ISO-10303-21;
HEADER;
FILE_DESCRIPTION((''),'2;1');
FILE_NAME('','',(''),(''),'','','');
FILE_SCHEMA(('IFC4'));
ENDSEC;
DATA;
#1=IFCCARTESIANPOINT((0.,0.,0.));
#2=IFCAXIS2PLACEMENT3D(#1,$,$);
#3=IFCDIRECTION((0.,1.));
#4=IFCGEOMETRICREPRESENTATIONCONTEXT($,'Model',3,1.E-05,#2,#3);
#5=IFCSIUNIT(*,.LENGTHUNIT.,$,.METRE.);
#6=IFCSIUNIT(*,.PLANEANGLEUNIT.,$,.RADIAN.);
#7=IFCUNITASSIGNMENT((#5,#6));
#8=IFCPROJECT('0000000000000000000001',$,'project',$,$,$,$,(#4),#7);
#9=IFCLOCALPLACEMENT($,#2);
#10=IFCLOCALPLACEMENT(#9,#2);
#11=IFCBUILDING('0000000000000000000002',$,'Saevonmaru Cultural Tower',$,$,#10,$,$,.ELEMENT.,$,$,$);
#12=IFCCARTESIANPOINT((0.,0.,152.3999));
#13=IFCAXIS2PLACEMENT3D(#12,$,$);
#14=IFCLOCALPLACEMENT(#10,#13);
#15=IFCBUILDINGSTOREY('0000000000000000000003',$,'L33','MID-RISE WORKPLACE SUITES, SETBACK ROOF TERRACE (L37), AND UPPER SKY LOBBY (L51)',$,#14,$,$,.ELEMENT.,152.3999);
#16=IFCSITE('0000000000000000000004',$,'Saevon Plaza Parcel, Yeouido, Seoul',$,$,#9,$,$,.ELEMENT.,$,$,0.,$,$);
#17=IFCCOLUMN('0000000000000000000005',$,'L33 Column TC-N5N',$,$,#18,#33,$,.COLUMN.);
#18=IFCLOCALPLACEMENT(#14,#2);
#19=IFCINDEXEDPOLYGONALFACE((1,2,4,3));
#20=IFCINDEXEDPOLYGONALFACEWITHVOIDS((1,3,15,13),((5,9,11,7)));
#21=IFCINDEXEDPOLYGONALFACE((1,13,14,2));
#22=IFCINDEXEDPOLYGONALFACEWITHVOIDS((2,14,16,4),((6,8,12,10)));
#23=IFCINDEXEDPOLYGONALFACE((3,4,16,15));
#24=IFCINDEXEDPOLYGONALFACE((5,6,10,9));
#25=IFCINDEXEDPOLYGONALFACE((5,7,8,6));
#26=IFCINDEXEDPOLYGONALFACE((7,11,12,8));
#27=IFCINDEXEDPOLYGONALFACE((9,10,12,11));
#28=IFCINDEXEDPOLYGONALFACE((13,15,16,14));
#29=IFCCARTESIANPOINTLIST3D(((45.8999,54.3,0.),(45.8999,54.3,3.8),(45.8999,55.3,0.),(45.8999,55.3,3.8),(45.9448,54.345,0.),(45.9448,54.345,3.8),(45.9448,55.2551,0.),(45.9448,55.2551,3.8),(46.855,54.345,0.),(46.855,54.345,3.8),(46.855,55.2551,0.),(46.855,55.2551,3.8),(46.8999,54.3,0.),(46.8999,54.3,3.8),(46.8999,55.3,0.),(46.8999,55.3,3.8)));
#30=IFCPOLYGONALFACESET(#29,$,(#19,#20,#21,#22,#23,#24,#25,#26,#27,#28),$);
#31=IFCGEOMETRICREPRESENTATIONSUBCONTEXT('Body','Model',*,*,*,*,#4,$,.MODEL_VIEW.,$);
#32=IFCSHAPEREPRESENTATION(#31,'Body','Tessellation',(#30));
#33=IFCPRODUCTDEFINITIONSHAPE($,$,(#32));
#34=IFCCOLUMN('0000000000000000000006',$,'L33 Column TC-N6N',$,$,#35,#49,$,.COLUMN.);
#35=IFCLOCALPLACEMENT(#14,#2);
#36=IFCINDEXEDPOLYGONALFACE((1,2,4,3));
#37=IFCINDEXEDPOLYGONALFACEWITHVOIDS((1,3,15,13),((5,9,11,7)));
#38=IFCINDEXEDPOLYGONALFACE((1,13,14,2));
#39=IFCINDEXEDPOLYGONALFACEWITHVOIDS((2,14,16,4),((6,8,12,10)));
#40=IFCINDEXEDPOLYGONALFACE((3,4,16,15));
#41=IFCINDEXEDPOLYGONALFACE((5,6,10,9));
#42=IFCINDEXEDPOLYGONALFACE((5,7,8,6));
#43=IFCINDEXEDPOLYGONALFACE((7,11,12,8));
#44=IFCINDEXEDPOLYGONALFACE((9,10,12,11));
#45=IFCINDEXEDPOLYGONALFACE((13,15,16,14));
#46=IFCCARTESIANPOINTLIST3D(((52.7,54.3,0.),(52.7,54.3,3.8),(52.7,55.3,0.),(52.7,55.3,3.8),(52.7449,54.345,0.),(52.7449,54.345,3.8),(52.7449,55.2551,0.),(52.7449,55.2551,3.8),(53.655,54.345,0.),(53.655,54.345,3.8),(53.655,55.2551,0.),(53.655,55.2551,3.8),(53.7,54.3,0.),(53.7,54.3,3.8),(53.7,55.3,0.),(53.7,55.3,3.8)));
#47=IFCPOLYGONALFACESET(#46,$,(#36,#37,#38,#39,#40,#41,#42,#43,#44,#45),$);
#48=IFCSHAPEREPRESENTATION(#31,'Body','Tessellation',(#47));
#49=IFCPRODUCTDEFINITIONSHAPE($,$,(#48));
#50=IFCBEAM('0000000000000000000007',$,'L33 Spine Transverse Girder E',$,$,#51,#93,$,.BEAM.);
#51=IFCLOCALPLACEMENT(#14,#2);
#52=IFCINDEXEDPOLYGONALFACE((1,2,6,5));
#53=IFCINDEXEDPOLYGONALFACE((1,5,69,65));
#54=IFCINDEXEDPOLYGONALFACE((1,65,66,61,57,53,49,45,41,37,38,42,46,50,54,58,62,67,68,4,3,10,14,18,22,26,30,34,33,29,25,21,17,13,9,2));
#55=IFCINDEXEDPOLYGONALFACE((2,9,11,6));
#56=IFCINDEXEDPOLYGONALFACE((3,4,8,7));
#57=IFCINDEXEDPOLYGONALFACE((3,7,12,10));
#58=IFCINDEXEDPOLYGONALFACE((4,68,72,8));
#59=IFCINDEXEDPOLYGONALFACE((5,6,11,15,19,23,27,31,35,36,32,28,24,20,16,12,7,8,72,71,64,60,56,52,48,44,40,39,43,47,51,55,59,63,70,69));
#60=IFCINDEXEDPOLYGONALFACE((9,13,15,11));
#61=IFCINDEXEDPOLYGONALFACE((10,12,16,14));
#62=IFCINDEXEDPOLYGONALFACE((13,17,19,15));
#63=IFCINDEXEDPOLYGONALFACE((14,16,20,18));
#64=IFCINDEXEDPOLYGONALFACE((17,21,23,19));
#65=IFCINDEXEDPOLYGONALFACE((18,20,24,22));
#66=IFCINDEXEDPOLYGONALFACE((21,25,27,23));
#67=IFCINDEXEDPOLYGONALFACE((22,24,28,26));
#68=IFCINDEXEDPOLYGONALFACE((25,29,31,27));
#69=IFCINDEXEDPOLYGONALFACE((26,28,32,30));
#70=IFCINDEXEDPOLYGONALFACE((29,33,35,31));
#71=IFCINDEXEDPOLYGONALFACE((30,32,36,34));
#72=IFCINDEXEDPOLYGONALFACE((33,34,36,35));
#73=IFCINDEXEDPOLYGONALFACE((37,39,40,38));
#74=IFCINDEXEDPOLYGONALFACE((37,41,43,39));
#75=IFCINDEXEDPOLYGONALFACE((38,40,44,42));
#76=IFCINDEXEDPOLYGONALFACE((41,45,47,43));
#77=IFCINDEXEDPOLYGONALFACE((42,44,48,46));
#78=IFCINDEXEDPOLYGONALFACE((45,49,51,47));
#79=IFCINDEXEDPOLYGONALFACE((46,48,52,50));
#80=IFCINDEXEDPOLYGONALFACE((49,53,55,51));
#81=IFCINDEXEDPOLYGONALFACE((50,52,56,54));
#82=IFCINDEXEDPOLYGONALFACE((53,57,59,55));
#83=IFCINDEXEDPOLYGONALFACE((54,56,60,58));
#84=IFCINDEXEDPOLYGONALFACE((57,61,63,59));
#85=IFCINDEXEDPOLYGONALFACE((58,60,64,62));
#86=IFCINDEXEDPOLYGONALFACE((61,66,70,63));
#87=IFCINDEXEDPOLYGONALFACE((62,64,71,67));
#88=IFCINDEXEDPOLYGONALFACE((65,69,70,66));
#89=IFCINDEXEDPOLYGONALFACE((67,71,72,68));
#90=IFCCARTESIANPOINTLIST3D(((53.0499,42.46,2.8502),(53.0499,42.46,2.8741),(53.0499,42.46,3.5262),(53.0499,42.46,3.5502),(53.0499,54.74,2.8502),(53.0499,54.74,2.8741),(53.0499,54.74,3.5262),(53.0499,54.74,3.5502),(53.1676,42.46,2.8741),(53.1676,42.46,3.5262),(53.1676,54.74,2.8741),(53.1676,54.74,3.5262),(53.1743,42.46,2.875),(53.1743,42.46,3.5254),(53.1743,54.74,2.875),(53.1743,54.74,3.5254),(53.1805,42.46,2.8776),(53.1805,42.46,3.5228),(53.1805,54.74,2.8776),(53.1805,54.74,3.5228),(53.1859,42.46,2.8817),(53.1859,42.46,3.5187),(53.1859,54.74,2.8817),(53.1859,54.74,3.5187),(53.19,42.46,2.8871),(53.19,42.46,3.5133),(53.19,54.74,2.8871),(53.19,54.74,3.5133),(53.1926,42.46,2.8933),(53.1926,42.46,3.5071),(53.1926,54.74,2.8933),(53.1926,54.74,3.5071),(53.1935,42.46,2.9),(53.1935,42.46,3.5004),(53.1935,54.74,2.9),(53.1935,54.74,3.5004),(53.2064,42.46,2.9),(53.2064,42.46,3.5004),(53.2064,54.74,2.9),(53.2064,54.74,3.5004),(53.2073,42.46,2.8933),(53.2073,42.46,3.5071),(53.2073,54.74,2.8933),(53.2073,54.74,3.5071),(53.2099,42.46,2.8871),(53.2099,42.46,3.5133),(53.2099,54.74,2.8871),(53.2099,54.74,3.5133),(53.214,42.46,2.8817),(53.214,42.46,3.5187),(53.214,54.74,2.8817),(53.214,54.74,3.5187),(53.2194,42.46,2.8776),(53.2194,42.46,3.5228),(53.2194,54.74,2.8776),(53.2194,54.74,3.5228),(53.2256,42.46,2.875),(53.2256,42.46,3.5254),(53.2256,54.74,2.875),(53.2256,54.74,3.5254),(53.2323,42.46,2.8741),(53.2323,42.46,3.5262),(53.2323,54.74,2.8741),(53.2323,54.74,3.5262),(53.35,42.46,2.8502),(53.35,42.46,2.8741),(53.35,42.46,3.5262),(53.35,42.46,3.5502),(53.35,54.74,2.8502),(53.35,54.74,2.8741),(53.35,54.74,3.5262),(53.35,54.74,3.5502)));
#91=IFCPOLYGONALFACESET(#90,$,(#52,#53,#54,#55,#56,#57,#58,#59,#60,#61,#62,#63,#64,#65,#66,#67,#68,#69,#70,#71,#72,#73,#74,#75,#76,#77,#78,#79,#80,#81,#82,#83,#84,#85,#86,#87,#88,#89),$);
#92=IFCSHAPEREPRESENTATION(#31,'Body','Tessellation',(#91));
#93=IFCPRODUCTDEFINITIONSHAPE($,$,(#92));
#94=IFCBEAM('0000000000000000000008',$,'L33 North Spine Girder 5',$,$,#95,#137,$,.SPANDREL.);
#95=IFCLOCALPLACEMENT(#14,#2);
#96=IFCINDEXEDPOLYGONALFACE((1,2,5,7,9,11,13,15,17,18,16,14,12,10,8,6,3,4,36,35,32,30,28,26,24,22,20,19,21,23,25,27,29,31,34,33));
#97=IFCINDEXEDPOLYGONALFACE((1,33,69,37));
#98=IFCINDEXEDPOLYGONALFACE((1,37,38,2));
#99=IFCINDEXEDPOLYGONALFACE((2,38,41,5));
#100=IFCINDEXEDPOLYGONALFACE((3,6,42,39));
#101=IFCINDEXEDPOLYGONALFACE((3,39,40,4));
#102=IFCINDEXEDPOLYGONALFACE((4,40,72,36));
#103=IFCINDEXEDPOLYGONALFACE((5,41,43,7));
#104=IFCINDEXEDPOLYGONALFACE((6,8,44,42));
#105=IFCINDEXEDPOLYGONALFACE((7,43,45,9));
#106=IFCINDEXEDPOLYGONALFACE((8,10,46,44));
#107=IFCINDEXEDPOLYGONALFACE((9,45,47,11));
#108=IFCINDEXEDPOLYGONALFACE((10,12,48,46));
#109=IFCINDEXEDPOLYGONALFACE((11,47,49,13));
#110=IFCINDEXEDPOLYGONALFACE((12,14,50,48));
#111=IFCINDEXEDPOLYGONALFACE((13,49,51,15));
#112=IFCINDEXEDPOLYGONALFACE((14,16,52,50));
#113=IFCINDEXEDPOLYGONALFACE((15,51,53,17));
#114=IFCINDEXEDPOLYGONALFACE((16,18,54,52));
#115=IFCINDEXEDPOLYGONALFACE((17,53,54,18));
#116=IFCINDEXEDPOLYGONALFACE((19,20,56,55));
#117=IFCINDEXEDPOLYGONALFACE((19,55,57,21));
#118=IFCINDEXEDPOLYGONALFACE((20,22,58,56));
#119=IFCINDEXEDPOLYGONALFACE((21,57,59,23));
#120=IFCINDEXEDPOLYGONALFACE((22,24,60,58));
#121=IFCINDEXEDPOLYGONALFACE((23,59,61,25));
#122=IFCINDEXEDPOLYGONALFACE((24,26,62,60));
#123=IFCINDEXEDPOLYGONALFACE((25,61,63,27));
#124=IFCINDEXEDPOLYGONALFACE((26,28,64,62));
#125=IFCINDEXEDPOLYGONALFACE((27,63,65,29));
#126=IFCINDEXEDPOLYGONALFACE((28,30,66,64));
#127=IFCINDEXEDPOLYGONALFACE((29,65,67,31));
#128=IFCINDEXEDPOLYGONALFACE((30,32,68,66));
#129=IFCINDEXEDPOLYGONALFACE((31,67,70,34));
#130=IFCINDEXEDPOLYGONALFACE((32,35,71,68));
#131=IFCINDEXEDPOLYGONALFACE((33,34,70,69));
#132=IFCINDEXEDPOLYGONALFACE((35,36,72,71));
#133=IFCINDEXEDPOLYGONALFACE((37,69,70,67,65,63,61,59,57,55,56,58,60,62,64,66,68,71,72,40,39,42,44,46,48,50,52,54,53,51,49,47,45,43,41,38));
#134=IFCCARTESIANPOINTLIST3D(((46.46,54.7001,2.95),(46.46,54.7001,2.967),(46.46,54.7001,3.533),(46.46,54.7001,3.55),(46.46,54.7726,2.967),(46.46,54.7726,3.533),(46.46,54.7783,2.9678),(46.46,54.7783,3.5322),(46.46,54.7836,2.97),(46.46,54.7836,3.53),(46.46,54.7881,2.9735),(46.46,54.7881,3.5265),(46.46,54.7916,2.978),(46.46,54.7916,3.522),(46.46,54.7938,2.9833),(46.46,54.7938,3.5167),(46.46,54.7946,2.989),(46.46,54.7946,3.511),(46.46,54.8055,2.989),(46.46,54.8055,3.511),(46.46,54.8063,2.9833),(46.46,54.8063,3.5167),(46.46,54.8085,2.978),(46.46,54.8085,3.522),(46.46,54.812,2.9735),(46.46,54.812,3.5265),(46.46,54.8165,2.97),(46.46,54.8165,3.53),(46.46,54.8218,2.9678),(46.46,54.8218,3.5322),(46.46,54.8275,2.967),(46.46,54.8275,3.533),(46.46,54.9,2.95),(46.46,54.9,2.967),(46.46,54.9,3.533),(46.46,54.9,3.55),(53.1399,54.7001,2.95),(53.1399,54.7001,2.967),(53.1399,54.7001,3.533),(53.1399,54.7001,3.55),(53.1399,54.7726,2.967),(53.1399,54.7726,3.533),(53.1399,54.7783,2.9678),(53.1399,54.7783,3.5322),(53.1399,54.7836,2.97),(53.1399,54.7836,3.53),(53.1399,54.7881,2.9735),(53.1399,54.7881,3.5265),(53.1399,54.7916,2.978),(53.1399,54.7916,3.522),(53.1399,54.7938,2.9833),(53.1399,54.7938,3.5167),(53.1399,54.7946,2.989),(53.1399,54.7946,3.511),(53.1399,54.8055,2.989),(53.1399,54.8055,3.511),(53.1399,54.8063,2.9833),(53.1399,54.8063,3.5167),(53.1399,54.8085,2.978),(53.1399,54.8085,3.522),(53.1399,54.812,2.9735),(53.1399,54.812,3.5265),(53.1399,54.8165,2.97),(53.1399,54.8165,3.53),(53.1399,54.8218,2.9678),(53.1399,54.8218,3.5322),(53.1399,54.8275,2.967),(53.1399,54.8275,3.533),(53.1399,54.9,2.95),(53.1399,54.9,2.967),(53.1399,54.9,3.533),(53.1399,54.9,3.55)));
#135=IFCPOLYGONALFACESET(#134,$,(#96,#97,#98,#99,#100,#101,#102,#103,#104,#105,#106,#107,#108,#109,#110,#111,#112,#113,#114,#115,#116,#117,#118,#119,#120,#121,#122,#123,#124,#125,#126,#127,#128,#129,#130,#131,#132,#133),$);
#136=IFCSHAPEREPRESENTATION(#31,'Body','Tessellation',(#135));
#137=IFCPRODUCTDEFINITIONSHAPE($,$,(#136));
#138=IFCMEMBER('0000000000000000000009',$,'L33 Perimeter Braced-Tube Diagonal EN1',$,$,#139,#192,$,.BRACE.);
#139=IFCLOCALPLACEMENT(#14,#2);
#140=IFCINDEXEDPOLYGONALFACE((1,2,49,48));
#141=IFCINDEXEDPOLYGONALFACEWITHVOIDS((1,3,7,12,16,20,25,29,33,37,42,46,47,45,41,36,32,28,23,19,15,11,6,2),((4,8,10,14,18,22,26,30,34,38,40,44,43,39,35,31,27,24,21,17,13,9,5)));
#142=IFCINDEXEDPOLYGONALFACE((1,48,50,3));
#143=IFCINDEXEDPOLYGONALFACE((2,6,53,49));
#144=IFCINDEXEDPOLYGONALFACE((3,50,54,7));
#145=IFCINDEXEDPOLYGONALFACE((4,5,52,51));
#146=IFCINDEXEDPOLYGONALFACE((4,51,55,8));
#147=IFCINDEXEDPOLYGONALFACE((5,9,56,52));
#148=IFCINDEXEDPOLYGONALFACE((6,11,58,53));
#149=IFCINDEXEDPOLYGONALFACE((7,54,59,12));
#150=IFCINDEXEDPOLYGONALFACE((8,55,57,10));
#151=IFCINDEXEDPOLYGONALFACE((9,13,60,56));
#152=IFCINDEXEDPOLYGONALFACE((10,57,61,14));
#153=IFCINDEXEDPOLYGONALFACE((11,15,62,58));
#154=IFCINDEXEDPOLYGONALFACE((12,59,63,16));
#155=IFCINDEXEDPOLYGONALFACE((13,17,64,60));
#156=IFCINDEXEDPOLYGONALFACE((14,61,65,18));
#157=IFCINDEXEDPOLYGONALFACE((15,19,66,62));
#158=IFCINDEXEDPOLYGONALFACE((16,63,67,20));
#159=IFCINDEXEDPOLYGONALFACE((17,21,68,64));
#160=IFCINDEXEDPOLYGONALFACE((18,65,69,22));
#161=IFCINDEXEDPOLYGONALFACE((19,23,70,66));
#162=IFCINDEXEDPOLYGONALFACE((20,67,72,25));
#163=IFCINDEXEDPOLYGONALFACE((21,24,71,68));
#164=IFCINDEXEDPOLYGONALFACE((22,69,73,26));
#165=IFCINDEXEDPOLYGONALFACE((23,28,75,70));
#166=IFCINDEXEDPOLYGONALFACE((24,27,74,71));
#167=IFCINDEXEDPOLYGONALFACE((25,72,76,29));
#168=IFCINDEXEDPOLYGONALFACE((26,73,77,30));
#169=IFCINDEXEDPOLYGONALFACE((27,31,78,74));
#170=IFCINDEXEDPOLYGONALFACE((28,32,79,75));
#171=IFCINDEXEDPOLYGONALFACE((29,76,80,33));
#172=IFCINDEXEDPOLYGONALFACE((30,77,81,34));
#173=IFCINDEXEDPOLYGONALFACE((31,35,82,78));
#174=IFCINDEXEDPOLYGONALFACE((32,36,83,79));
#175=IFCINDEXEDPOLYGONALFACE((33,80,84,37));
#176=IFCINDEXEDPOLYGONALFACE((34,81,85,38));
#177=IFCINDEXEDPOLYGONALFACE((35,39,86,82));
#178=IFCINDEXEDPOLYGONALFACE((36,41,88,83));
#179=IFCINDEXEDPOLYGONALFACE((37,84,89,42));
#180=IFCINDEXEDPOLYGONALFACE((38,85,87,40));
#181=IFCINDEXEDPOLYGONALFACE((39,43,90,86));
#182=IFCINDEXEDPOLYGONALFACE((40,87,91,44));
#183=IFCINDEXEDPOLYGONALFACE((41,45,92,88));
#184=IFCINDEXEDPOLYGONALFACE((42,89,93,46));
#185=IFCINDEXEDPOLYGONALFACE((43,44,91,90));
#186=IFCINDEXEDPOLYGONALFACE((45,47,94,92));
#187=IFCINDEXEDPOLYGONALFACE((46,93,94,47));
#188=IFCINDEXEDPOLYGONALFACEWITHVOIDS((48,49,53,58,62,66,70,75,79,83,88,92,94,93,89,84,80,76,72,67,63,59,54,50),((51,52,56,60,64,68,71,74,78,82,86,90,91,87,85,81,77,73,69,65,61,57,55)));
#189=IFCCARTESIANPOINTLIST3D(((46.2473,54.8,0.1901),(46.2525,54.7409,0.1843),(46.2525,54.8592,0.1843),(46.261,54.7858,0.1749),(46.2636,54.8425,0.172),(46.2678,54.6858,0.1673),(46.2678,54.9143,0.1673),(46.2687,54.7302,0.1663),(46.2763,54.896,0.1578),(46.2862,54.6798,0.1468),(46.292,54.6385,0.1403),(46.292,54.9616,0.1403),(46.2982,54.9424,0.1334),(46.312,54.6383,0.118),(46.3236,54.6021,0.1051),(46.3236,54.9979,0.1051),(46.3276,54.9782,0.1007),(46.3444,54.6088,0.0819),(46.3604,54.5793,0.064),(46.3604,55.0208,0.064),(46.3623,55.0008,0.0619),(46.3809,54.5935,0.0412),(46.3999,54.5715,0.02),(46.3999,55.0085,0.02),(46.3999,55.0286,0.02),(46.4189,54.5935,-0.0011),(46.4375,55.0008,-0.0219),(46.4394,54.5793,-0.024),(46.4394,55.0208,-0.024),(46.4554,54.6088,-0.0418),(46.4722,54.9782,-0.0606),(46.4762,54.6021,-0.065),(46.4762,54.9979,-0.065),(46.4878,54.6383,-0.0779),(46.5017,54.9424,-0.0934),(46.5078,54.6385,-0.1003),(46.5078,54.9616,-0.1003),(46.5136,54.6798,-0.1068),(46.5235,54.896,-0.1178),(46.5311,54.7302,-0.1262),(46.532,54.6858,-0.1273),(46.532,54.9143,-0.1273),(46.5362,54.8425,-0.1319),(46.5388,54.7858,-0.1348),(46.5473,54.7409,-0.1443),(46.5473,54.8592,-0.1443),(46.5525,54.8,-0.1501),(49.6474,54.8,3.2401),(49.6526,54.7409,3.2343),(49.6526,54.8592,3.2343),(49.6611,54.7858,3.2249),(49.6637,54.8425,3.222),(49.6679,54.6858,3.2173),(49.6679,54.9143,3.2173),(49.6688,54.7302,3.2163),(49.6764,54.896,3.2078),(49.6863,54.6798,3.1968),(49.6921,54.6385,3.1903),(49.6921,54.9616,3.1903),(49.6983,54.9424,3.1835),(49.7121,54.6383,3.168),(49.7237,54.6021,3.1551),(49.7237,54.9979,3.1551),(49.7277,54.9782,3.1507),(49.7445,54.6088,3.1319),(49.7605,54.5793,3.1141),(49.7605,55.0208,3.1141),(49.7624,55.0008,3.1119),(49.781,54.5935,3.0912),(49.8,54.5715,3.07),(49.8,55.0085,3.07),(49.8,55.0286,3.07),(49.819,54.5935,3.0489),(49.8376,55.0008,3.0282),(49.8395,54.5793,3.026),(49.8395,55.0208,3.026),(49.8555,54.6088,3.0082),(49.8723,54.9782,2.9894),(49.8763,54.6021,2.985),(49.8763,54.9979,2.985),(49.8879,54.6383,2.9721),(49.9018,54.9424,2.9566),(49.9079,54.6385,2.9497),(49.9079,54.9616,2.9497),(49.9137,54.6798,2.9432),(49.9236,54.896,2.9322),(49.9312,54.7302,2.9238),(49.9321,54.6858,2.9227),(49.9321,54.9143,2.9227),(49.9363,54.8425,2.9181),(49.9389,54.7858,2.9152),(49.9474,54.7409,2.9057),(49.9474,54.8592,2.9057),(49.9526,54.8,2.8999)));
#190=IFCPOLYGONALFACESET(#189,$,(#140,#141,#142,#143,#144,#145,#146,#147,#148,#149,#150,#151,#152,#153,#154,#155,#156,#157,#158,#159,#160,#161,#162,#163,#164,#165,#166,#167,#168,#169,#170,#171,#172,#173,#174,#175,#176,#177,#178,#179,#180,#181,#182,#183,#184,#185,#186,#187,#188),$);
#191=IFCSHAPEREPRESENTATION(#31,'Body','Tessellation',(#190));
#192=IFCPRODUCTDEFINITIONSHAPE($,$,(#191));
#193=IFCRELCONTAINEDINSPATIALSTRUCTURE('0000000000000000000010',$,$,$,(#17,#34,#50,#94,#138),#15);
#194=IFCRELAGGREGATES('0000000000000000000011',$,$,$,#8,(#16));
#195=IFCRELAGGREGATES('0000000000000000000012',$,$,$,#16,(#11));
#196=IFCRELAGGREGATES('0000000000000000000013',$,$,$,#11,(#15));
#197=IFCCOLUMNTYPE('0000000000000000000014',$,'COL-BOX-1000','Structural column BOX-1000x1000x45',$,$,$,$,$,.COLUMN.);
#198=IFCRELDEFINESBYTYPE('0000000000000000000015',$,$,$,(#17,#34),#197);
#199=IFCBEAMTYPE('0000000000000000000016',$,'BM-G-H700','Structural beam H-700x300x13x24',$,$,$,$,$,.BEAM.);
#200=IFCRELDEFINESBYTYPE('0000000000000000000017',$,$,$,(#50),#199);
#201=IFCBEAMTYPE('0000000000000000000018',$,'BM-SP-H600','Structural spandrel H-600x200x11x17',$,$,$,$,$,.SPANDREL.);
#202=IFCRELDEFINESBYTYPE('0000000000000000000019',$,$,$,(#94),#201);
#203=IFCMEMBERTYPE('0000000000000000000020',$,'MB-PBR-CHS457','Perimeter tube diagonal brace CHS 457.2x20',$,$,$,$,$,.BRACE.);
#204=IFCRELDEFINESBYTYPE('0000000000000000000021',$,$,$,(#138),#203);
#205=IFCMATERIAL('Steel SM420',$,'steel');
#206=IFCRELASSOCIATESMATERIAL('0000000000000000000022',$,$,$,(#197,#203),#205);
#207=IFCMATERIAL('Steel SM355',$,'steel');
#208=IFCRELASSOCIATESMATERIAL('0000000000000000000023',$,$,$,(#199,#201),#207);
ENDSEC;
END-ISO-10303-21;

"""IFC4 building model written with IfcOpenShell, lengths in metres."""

from ifc_helpers import new_model, si_unit, direction, frame, origin, origin_2d, place, context, subcontext, project, spatial, hollow_rectangle, hollow_circle, i_section, extrude, material, material_profile, profile_set, type_object, element, save


model = new_model("IFC4")

# Units and contexts
model_context = context("Model", 3, precision=1e-05, world=origin(), true_north=direction((0.0, 1.0)))
body_context = subcontext(model_context, "Body", "Model", "MODEL_VIEW")
ifc_project = project(units=[si_unit("LENGTHUNIT", "METRE"), si_unit("PLANEANGLEUNIT", "RADIAN")], contexts=[model_context])

# Site, building, storey
site_placement = place(None, origin())
site = spatial("IfcSite", under=ifc_project, at=site_placement, Name="Saevon Plaza Parcel, Yeouido, Seoul", CompositionType="ELEMENT", RefElevation=0.0)
building_placement = place(site_placement, origin())
building = spatial("IfcBuilding", under=site, at=building_placement, Name="Saevonmaru Cultural Tower", CompositionType="ELEMENT")
storey_placement = place(building_placement, frame((0.0, 0.0, 152.3999)))
storey = spatial("IfcBuildingStorey", under=building, at=storey_placement, Name="L33", Description="MID-RISE WORKPLACE SUITES, SETBACK ROOF TERRACE (L37), AND UPPER SKY LOBBY (L51)", CompositionType="ELEMENT", Elevation=152.3999)

# Columns
ifc_material_1 = material(Name="Steel SM420", Category="steel")
ifc_material_profile_1 = material_profile(ifc_material_1, hollow_rectangle(XDim=1.0, YDim=1.0, WallThickness=0.0449, at=origin_2d()), Name="BOX-1000x1000x45")
ifc_profile_set_1 = profile_set([ifc_material_profile_1], Name="Steel SM420")
column_type = type_object("IfcColumnType", Name="COL-BOX-1000", Description="Structural column BOX-1000x1000x45", PredefinedType="COLUMN", material=ifc_profile_set_1)
for number, where, z_axis, x_axis, name in (
    (1, (46.3999, 54.8, 0.0), (0.0, 0.0, 1.0), (1.0, 0.0, 0.0), "L33 Column TC-N5N"),
    (2, (53.2, 54.8, 0.0), (0.0, 0.0, 1.0), (1.0, 0.0, 0.0), "L33 Column TC-N6N"),
):
    element("IfcColumn", number, at=place(storey_placement, frame(where, z_axis=z_axis, x_axis=x_axis)), inside=storey, type_object=column_type, Name=name, PredefinedType="COLUMN", context=body_context, shape_type="SweptSolid", body=[
        extrude(hollow_rectangle(XDim=1.0, YDim=1.0, WallThickness=0.0449, at=origin_2d()), origin(), (0.0, 0.0, 1.0), 3.8),
    ])

# Beams
ifc_material_2 = material(Name="Steel SM355", Category="steel")
ifc_material_profile_2 = material_profile(ifc_material_2, i_section(OverallWidth=0.3, OverallDepth=0.7, WebThickness=0.0129, FlangeThickness=0.0239, FilletRadius=0.0259, at=origin_2d()), Name="H-700x300x13x24")
ifc_profile_set_2 = profile_set([ifc_material_profile_2], Name="Steel SM355")
beam_type_1 = type_object("IfcBeamType", Name="BM-G-H700", Description="Structural beam H-700x300x13x24", PredefinedType="BEAM", material=ifc_profile_set_2)
beam_1_placement = place(storey_placement, frame((53.2, 54.74, 3.2002), z_axis=(0.0, -1.0, 0.0), x_axis=(1.0, 0.0, 0.0)))
element("IfcBeam", 3, at=beam_1_placement, inside=storey, type_object=beam_type_1, Name="L33 Spine Transverse Girder E", PredefinedType="BEAM", context=body_context, shape_type="SweptSolid", body=[
    extrude(i_section(OverallWidth=0.3, OverallDepth=0.7, WebThickness=0.0129, FlangeThickness=0.0239, FilletRadius=0.0259, at=origin_2d()), origin(), (0.0, 0.0, 1.0), 12.28),
])
ifc_material_profile_3 = material_profile(ifc_material_2, i_section(OverallWidth=0.2, OverallDepth=0.6001, WebThickness=0.011, FlangeThickness=0.0171, FilletRadius=0.022, at=origin_2d()), Name="H-600x200x11x17")
ifc_profile_set_3 = profile_set([ifc_material_profile_3], Name="Steel SM355")
beam_type_2 = type_object("IfcBeamType", Name="BM-SP-H600", Description="Structural spandrel H-600x200x11x17", PredefinedType="SPANDREL", material=ifc_profile_set_3)
beam_2_placement = place(storey_placement, frame((46.46, 54.8, 3.25), z_axis=(1.0, 0.0, 0.0), x_axis=(0.0, 1.0, 0.0)))
element("IfcBeam", 4, at=beam_2_placement, inside=storey, type_object=beam_type_2, Name="L33 North Spine Girder 5", PredefinedType="SPANDREL", context=body_context, shape_type="SweptSolid", body=[
    extrude(i_section(OverallWidth=0.2, OverallDepth=0.6001, WebThickness=0.011, FlangeThickness=0.0171, FilletRadius=0.022, at=origin_2d()), origin(), (0.0, 0.0, 1.0), 6.6799),
])

# Member
ifc_material_profile_4 = material_profile(ifc_material_1, hollow_circle(Radius=0.2285, WallThickness=0.02, at=origin_2d()), Name="CHS-457.2x20")
ifc_profile_set_4 = profile_set([ifc_material_profile_4], Name="Steel SM420")
member_type_1 = type_object("IfcMemberType", Name="MB-PBR-CHS457", Description="Perimeter tube diagonal brace CHS 457.2x20", PredefinedType="BRACE", material=ifc_profile_set_4)
for number, where, z_axis, x_axis, name in (
    (5, (46.3999, 54.8, 0.02), (0.744391, 0.0, 0.667744), (0.0, 1.0, 0.0), "L33 Perimeter Braced-Tube Diagonal EN1"),
):
    element("IfcMember", number, at=place(storey_placement, frame(where, z_axis=z_axis, x_axis=x_axis)), inside=storey, type_object=member_type_1, Name=name, PredefinedType="BRACE", context=body_context, shape_type="SweptSolid", body=[
        extrude(hollow_circle(Radius=0.2285, WallThickness=0.02, at=origin_2d()), origin(), (0.0, 0.0, 1.0), 4.5676),
    ])

save(model, "model.ifc")
